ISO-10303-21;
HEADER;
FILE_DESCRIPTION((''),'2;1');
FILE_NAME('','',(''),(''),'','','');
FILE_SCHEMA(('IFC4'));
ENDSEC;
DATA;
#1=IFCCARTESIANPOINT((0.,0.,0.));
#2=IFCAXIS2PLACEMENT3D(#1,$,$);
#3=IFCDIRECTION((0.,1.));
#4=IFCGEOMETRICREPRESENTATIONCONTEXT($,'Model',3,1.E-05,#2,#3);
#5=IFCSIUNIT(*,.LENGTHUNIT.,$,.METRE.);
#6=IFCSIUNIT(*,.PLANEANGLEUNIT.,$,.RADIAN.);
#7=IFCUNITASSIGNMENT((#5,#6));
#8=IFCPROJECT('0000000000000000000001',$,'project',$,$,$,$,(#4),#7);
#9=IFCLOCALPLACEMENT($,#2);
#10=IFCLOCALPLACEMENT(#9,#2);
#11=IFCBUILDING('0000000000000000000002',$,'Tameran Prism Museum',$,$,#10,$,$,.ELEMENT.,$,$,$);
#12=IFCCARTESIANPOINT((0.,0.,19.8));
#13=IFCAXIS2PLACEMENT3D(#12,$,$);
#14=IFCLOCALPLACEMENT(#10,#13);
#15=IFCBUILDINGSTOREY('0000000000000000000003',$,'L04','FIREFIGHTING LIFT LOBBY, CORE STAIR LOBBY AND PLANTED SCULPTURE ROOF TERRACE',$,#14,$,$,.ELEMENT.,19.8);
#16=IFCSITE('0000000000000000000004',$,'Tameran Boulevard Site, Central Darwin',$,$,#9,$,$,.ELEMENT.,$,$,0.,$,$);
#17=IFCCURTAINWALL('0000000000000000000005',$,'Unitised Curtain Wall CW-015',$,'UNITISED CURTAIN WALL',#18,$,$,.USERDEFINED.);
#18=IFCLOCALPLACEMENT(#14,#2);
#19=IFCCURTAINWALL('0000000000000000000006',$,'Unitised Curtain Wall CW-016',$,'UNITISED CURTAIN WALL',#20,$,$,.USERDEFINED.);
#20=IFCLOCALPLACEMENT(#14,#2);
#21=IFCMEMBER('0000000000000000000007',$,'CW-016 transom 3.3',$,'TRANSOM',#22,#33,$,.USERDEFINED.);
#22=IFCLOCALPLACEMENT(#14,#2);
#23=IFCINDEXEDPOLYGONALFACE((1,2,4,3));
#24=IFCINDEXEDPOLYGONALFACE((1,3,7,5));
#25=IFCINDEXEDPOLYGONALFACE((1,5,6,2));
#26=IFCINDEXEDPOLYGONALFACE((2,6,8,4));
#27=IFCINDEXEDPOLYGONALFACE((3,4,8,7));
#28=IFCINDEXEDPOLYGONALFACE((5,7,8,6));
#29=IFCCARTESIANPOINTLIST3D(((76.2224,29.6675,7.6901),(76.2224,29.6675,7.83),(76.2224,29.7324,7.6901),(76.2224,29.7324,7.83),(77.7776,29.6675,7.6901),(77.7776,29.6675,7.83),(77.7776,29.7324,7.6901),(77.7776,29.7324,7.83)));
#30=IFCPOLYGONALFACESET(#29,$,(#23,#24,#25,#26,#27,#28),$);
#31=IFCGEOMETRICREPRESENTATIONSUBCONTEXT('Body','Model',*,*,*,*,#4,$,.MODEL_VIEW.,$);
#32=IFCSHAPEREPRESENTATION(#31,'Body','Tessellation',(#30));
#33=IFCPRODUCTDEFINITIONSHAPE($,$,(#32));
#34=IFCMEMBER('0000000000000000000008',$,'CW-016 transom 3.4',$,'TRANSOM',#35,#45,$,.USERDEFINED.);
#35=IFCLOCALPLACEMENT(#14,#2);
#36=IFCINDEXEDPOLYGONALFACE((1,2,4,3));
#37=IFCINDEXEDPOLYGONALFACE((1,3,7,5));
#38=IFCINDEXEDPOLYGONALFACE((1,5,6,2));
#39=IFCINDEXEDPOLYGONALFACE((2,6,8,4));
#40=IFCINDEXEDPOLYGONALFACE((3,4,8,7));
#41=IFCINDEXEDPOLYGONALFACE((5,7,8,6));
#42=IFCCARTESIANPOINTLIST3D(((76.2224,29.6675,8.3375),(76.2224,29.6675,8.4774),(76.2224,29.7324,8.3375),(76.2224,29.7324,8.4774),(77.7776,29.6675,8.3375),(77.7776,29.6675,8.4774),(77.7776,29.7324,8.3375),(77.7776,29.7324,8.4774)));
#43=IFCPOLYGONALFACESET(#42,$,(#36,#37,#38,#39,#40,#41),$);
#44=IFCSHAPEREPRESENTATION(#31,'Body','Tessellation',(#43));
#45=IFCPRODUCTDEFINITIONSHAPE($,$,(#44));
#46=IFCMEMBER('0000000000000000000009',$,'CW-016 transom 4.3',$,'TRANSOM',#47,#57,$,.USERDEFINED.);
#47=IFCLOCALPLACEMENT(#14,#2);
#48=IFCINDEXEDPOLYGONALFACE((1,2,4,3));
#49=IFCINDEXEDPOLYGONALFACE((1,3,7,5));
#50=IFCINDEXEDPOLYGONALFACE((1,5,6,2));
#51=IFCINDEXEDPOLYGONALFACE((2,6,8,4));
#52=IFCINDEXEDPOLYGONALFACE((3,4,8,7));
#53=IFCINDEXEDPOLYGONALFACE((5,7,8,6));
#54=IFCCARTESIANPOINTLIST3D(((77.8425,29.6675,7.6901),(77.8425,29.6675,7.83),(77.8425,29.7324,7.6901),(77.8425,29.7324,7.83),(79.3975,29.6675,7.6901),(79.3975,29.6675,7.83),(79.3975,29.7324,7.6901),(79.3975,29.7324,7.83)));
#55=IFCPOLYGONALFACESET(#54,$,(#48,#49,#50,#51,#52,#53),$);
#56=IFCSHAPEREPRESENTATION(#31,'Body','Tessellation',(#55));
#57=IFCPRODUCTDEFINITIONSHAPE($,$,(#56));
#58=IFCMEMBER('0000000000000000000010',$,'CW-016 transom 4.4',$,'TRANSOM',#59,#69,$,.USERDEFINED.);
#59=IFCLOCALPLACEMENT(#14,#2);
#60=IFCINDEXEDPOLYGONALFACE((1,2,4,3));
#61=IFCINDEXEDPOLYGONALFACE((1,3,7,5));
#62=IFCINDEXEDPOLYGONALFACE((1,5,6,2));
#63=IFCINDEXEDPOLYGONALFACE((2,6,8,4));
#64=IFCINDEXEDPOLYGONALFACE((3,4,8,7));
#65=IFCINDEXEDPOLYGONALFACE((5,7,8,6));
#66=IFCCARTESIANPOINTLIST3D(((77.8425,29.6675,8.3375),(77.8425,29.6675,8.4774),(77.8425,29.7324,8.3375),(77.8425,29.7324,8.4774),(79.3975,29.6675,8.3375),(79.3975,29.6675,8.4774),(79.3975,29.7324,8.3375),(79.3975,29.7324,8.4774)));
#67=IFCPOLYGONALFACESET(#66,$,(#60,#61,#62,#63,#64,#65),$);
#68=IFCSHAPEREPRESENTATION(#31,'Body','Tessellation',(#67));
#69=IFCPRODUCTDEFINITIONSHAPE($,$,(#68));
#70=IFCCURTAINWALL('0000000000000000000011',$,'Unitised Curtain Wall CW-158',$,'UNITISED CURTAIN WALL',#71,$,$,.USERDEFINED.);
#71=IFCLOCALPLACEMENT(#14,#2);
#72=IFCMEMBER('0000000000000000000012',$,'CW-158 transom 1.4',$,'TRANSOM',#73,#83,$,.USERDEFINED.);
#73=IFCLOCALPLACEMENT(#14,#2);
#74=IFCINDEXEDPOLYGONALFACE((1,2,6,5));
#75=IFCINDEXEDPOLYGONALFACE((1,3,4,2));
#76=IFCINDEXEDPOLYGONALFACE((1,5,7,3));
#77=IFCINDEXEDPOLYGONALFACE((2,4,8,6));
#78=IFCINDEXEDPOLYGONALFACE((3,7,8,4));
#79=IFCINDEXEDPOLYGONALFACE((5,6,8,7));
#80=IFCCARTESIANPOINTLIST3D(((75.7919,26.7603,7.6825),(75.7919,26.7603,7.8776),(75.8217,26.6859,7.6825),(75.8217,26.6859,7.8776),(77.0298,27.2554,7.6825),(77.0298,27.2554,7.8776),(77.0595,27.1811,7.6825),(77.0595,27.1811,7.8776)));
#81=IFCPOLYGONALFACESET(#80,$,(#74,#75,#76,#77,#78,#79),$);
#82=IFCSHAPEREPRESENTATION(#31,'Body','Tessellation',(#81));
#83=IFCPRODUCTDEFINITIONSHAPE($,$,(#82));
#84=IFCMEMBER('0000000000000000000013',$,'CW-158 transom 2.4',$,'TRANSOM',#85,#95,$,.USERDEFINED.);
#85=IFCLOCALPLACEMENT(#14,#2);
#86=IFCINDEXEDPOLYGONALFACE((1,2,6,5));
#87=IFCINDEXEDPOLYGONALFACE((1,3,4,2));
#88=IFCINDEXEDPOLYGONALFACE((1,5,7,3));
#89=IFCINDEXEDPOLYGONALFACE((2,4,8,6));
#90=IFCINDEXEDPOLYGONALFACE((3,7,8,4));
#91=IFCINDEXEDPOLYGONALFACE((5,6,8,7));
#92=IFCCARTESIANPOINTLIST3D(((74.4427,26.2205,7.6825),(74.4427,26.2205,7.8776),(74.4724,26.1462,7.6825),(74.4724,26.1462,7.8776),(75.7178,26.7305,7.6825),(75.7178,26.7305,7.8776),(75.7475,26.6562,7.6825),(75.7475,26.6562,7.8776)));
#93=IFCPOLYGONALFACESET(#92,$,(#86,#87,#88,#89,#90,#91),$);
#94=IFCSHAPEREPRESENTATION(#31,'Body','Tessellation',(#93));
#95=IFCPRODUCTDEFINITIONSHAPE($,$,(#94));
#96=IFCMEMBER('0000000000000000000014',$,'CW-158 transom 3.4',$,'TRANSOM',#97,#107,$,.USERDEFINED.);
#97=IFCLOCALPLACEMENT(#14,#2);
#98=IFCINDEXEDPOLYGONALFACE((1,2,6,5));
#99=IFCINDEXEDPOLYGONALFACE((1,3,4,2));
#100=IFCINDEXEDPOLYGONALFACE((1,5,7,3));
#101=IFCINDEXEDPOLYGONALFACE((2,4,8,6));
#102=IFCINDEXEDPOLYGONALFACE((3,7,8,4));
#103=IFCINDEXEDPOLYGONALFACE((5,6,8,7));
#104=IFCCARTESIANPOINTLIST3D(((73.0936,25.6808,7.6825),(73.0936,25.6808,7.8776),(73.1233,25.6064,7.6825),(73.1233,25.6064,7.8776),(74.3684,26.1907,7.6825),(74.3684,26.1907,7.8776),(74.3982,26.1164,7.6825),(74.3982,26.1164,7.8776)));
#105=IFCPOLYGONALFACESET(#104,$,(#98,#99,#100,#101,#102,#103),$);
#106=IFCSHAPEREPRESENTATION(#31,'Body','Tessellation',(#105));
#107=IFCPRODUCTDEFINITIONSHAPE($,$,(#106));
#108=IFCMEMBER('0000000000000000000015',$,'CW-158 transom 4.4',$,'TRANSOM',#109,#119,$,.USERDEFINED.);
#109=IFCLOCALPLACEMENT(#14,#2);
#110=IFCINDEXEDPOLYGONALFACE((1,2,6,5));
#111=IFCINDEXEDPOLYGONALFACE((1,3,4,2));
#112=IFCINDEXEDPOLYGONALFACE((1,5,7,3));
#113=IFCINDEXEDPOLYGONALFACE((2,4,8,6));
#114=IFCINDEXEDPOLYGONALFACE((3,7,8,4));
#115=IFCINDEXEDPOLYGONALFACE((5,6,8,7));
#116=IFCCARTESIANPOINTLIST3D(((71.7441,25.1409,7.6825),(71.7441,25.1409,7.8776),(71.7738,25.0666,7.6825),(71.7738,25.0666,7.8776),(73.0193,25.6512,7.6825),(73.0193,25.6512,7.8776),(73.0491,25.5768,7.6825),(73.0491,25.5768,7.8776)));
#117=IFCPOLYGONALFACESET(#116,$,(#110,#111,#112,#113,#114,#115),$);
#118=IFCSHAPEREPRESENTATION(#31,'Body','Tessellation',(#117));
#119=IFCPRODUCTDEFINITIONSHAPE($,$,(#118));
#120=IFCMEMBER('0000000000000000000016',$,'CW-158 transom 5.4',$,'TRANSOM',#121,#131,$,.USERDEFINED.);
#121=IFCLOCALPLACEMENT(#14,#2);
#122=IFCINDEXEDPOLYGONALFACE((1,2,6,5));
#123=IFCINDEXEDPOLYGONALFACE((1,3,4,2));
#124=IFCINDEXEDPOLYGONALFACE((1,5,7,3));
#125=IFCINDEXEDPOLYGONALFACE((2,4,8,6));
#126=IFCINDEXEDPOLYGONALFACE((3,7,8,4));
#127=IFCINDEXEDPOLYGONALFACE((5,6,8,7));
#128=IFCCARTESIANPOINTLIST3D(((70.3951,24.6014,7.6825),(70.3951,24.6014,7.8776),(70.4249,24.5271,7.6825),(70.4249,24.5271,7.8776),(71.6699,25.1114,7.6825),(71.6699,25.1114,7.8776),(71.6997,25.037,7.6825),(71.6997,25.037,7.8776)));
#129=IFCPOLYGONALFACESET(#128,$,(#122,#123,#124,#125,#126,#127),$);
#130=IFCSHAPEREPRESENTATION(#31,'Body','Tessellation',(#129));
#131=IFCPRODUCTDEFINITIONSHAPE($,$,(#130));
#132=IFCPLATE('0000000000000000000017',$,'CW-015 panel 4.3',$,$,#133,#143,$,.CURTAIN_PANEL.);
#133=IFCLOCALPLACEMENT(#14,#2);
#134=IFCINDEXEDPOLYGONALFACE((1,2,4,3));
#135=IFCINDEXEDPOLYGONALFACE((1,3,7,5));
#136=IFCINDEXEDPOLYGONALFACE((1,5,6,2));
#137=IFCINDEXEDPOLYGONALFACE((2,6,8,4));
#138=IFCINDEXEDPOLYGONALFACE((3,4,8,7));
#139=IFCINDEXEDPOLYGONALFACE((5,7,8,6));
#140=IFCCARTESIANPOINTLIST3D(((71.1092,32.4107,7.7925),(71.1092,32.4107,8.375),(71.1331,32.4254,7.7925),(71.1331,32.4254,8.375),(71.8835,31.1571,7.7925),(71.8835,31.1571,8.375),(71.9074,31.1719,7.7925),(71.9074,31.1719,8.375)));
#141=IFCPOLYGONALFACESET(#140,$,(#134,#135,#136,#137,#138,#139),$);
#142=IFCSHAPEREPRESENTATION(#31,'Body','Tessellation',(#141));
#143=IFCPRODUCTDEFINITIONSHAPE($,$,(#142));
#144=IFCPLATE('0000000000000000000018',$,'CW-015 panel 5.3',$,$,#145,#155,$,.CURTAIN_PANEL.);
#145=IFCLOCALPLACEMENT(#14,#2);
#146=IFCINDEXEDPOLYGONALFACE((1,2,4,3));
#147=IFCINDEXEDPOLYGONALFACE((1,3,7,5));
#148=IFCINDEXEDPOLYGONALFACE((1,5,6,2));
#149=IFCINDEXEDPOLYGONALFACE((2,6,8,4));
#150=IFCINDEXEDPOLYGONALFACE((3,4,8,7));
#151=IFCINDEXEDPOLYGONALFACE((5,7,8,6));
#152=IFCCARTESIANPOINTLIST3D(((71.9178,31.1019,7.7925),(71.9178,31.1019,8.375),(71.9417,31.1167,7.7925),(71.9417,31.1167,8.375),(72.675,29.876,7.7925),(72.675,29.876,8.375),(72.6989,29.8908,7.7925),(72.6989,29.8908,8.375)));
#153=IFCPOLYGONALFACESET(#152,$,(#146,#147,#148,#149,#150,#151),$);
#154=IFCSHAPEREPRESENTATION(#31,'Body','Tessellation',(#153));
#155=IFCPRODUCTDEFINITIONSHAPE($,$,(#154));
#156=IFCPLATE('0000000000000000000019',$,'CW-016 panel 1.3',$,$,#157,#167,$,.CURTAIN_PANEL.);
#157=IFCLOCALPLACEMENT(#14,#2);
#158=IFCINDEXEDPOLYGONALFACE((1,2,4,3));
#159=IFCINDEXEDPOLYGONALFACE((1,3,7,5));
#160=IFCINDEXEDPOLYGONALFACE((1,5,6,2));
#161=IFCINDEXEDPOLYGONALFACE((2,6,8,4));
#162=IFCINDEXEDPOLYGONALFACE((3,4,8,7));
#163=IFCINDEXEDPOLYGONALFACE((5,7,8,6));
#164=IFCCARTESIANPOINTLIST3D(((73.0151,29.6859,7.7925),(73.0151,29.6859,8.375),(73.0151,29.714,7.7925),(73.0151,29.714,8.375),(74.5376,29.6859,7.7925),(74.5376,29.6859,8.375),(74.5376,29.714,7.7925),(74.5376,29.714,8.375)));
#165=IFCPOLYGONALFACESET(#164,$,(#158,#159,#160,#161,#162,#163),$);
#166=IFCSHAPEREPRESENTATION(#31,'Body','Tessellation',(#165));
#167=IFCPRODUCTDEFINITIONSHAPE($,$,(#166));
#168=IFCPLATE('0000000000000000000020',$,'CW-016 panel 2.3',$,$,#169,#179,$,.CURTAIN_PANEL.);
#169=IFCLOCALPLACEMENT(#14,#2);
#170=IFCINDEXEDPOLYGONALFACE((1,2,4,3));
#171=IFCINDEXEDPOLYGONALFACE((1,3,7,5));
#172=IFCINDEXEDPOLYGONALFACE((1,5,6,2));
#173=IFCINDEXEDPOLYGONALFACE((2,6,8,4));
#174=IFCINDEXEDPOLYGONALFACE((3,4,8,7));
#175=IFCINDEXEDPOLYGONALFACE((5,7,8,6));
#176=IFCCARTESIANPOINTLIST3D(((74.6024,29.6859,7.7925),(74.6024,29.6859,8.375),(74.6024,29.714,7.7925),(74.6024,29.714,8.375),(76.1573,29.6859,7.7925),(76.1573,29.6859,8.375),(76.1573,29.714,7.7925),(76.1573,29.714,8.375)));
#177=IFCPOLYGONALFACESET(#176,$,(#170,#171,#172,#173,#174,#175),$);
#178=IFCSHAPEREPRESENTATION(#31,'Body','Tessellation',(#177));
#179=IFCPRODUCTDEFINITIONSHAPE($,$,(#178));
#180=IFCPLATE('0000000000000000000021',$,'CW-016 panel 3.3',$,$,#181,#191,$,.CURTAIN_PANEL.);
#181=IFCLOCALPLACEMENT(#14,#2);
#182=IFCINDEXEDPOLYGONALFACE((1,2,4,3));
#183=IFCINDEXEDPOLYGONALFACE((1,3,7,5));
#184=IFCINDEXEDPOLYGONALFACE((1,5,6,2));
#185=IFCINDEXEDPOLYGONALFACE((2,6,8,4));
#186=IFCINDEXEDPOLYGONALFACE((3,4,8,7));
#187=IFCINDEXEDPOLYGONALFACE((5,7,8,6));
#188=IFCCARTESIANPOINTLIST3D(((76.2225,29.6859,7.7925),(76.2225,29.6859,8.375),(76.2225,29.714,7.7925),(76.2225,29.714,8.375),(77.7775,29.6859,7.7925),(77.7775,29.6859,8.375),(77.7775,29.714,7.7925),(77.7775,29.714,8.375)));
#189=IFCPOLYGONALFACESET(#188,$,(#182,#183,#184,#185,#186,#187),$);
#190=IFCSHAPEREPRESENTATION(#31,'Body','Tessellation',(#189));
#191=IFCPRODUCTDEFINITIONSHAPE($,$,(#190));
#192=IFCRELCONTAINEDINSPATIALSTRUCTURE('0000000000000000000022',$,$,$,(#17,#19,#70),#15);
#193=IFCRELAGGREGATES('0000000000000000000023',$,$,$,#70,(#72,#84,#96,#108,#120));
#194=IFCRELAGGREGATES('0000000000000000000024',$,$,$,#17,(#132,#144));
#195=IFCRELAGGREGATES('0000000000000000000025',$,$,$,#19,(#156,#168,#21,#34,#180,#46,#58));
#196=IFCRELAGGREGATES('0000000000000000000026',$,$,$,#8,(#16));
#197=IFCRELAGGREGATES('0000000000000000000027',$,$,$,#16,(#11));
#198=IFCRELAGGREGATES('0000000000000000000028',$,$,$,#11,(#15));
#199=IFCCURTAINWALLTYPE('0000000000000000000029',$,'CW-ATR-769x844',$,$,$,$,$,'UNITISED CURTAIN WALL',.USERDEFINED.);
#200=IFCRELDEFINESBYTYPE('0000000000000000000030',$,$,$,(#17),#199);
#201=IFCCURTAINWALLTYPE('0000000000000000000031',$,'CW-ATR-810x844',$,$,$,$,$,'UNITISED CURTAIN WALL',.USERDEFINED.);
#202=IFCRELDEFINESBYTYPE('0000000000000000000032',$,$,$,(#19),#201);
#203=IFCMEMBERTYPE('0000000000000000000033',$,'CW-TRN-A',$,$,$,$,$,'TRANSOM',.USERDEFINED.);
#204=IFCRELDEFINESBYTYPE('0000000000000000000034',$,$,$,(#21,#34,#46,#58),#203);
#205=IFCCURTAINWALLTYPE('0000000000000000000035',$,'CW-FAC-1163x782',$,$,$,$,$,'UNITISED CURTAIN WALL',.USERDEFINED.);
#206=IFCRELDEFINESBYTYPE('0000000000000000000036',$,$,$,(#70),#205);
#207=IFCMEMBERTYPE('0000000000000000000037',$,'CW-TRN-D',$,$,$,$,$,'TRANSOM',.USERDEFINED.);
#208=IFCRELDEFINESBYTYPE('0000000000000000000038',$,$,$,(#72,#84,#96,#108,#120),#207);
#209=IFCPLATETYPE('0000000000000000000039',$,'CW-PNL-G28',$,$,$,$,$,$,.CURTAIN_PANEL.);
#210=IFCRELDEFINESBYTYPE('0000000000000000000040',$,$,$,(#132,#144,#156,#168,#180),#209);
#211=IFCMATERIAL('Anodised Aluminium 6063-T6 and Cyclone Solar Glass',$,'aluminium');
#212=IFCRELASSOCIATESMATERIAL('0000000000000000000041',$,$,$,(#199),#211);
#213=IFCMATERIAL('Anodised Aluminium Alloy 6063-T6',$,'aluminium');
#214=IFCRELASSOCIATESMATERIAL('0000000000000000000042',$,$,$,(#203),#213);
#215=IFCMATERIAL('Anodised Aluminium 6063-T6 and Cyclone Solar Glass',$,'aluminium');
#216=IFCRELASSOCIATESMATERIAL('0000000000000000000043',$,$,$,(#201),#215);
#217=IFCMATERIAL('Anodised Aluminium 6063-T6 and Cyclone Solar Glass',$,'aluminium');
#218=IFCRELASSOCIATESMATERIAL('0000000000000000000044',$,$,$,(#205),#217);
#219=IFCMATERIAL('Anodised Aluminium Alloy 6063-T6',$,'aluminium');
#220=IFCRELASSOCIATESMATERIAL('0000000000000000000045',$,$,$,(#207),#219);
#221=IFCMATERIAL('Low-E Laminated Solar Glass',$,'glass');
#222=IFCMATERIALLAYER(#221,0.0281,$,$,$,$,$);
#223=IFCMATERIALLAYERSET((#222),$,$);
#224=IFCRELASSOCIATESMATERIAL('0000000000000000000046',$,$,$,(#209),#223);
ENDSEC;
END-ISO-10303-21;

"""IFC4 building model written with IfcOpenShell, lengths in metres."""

from ifc_helpers import new_model, si_unit, direction, frame, origin, origin_2d, place, context, subcontext, project, spatial, rectangle, extrude, material, layer, layer_set, material_profile, profile_set, type_object, element, aggregate, save


model = new_model("IFC4")

# Units and contexts
model_context = context("Model", 3, precision=1e-05, world=origin(), true_north=direction((0.0, 1.0)))
body_context = subcontext(model_context, "Body", "Model", "MODEL_VIEW")
ifc_project = project(units=[si_unit("LENGTHUNIT", "METRE"), si_unit("PLANEANGLEUNIT", "RADIAN")], contexts=[model_context])

# Site, building, storey
site_placement = place(None, origin())
site = spatial("IfcSite", under=ifc_project, at=site_placement, Name="Tameran Boulevard Site, Central Darwin", CompositionType="ELEMENT", RefElevation=0.0)
building_placement = place(site_placement, origin())
building = spatial("IfcBuilding", under=site, at=building_placement, Name="Tameran Prism Museum", CompositionType="ELEMENT")
storey_placement = place(building_placement, frame((0.0, 0.0, 19.8)))
storey = spatial("IfcBuildingStorey", under=building, at=storey_placement, Name="L04", Description="FIREFIGHTING LIFT LOBBY, CORE STAIR LOBBY AND PLANTED SCULPTURE ROOF TERRACE", CompositionType="ELEMENT", Elevation=19.8)

# Curtain walls, members
ifc_material_1 = material(Name="Anodised Aluminium 6063-T6 and Cyclone Solar Glass", Category="aluminium")
curtain_wall_type_1 = type_object("IfcCurtainWallType", Name="CW-ATR-769x844", ElementType="UNITISED CURTAIN WALL", PredefinedType="USERDEFINED", material=ifc_material_1)
curtain_wall_1_placement = place(storey_placement, origin())
curtain_wall_1 = element("IfcCurtainWall", 1, at=curtain_wall_1_placement, inside=storey, type_object=curtain_wall_type_1, Name="Unitised Curtain Wall CW-015", ObjectType="UNITISED CURTAIN WALL", PredefinedType="USERDEFINED")
ifc_material_2 = material(Name="Anodised Aluminium Alloy 6063-T6", Category="aluminium")
ifc_material_profile_1 = material_profile(ifc_material_2, rectangle(XDim=0.0649, YDim=0.1399, at=origin_2d()))
ifc_profile_set_1 = profile_set([ifc_material_profile_1])
member_type_1 = type_object("IfcMemberType", Name="CW-TRN-A", ElementType="TRANSOM", PredefinedType="USERDEFINED", material=ifc_profile_set_1)
ifc_material_3 = material(Name="Anodised Aluminium 6063-T6 and Cyclone Solar Glass", Category="aluminium")
curtain_wall_type_2 = type_object("IfcCurtainWallType", Name="CW-ATR-810x844", ElementType="UNITISED CURTAIN WALL", PredefinedType="USERDEFINED", material=ifc_material_3)
curtain_wall_2_placement = place(storey_placement, origin())
curtain_wall_2 = element("IfcCurtainWall", 2, at=curtain_wall_2_placement, inside=storey, type_object=curtain_wall_type_2, Name="Unitised Curtain Wall CW-016", ObjectType="UNITISED CURTAIN WALL", PredefinedType="USERDEFINED")
member_1_placement = place(storey_placement, frame((76.2224, 29.7, 7.76), z_axis=(1.0, 0.0, 0.0), x_axis=(0.0, 1.0, 0.0)))
member_1 = element("IfcMember", 3, at=member_1_placement, type_object=member_type_1, Name="CW-016 transom 3.3", ObjectType="TRANSOM", PredefinedType="USERDEFINED", context=body_context, shape_type="SweptSolid", body=[
    extrude(rectangle(XDim=0.0649, YDim=0.1399, at=origin_2d()), origin(), (0.0, 0.0, 1.0), 1.5552),
])
member_2_placement = place(storey_placement, frame((76.2224, 29.7, 8.4075), z_axis=(1.0, 0.0, 0.0), x_axis=(0.0, 1.0, 0.0)))
member_2 = element("IfcMember", 4, at=member_2_placement, type_object=member_type_1, Name="CW-016 transom 3.4", ObjectType="TRANSOM", PredefinedType="USERDEFINED", context=body_context, shape_type="SweptSolid", body=[
    extrude(rectangle(XDim=0.0649, YDim=0.1399, at=origin_2d()), origin(), (0.0, 0.0, 1.0), 1.5552),
])
member_3_placement = place(storey_placement, frame((77.8425, 29.7, 7.76), z_axis=(1.0, 0.0, 0.0), x_axis=(0.0, 1.0, 0.0)))
member_3 = element("IfcMember", 5, at=member_3_placement, type_object=member_type_1, Name="CW-016 transom 4.3", ObjectType="TRANSOM", PredefinedType="USERDEFINED", context=body_context, shape_type="SweptSolid", body=[
    extrude(rectangle(XDim=0.0649, YDim=0.1399, at=origin_2d()), origin(), (0.0, 0.0, 1.0), 1.5549),
])
member_4_placement = place(storey_placement, frame((77.8425, 29.7, 8.4075), z_axis=(1.0, 0.0, 0.0), x_axis=(0.0, 1.0, 0.0)))
member_4 = element("IfcMember", 6, at=member_4_placement, type_object=member_type_1, Name="CW-016 transom 4.4", ObjectType="TRANSOM", PredefinedType="USERDEFINED", context=body_context, shape_type="SweptSolid", body=[
    extrude(rectangle(XDim=0.0649, YDim=0.1399, at=origin_2d()), origin(), (0.0, 0.0, 1.0), 1.5549),
])
ifc_material_4 = material(Name="Anodised Aluminium 6063-T6 and Cyclone Solar Glass", Category="aluminium")
curtain_wall_type_3 = type_object("IfcCurtainWallType", Name="CW-FAC-1163x782", ElementType="UNITISED CURTAIN WALL", PredefinedType="USERDEFINED", material=ifc_material_4)
curtain_wall_3_placement = place(storey_placement, origin())
curtain_wall_3 = element("IfcCurtainWall", 7, at=curtain_wall_3_placement, inside=storey, type_object=curtain_wall_type_3, Name="Unitised Curtain Wall CW-158", ObjectType="UNITISED CURTAIN WALL", PredefinedType="USERDEFINED")
ifc_material_5 = material(Name="Anodised Aluminium Alloy 6063-T6", Category="aluminium")
ifc_material_profile_2 = material_profile(ifc_material_5, rectangle(XDim=0.0801, YDim=0.1951, at=origin_2d()))
ifc_profile_set_2 = profile_set([ifc_material_profile_2])
member_type_2 = type_object("IfcMemberType", Name="CW-TRN-D", ElementType="TRANSOM", PredefinedType="USERDEFINED", material=ifc_profile_set_2)
member_5_placement = place(storey_placement, frame((77.0447, 27.2183, 7.78), z_axis=(-0.928477, -0.371391, 0.0), x_axis=(0.371391, -0.928477, 0.0)))
member_5 = element("IfcMember", 8, at=member_5_placement, type_object=member_type_2, Name="CW-158 transom 1.4", ObjectType="TRANSOM", PredefinedType="USERDEFINED", context=body_context, shape_type="SweptSolid", body=[
    extrude(rectangle(XDim=0.0801, YDim=0.1951, at=origin_2d()), origin(), (0.0, 0.0, 1.0), 1.3333),
])
member_6_placement = place(storey_placement, frame((75.7327, 26.6934, 7.78), z_axis=(-0.928489, -0.37136, 0.0), x_axis=(0.37136, -0.928489, 0.0)))
member_6 = element("IfcMember", 9, at=member_6_placement, type_object=member_type_2, Name="CW-158 transom 2.4", ObjectType="TRANSOM", PredefinedType="USERDEFINED", context=body_context, shape_type="SweptSolid", body=[
    extrude(rectangle(XDim=0.0801, YDim=0.1951, at=origin_2d()), origin(), (0.0, 0.0, 1.0), 1.3733),
])
member_7_placement = place(storey_placement, frame((74.3833, 26.1536, 7.78), z_axis=(-0.928464, -0.371421, 0.0), x_axis=(0.371421, -0.928464, 0.0)))
member_7 = element("IfcMember", 10, at=member_7_placement, type_object=member_type_2, Name="CW-158 transom 3.4", ObjectType="TRANSOM", PredefinedType="USERDEFINED", context=body_context, shape_type="SweptSolid", body=[
    extrude(rectangle(XDim=0.0801, YDim=0.1951, at=origin_2d()), origin(), (0.0, 0.0, 1.0), 1.373),
])
member_8_placement = place(storey_placement, frame((73.0342, 25.614, 7.78), z_axis=(-0.928428, -0.371513, 0.0), x_axis=(0.371513, -0.928428, 0.0)))
member_8 = element("IfcMember", 11, at=member_8_placement, type_object=member_type_2, Name="CW-158 transom 4.4", ObjectType="TRANSOM", PredefinedType="USERDEFINED", context=body_context, shape_type="SweptSolid", body=[
    extrude(rectangle(XDim=0.0801, YDim=0.1951, at=origin_2d()), origin(), (0.0, 0.0, 1.0), 1.3735),
])
member_9_placement = place(storey_placement, frame((71.6848, 25.0742, 7.78), z_axis=(-0.928464, -0.371421, 0.0), x_axis=(0.371421, -0.928464, 0.0)))
member_9 = element("IfcMember", 12, at=member_9_placement, type_object=member_type_2, Name="CW-158 transom 5.4", ObjectType="TRANSOM", PredefinedType="USERDEFINED", context=body_context, shape_type="SweptSolid", body=[
    extrude(rectangle(XDim=0.0801, YDim=0.1951, at=origin_2d()), origin(), (0.0, 0.0, 1.0), 1.373),
])
aggregate(curtain_wall_3, [member_5, member_6, member_7, member_8, member_9])

# Plates
ifc_material_6 = material(Name="Low-E Laminated Solar Glass", Category="glass")
ifc_layer_1 = layer(ifc_material_6, 0.0281)
ifc_layer_set_1 = layer_set([ifc_layer_1])
plate_type = type_object("IfcPlateType", Name="CW-PNL-G28", PredefinedType="CURTAIN_PANEL", material=ifc_layer_set_1)
plate_1_placement = place(storey_placement, frame((71.5083, 31.7913, 7.7925), z_axis=(0.0, 0.0, 1.0), x_axis=(0.525504, -0.850791, 0.0)))
plate_1 = element("IfcPlate", 13, at=plate_1_placement, type_object=plate_type, Name="CW-015 panel 4.3", PredefinedType="CURTAIN_PANEL", context=body_context, shape_type="SweptSolid", body=[
    extrude(rectangle(XDim=1.4734, YDim=0.0281, at=origin_2d()), origin(), (0.0, 0.0, 1.0), 0.5825),
])
plate_2_placement = place(storey_placement, frame((72.3083, 30.4963, 7.7925), z_axis=(0.0, 0.0, 1.0), x_axis=(0.525504, -0.850791, 0.0)))
plate_2 = element("IfcPlate", 14, at=plate_2_placement, type_object=plate_type, Name="CW-015 panel 5.3", PredefinedType="CURTAIN_PANEL", context=body_context, shape_type="SweptSolid", body=[
    extrude(rectangle(XDim=1.4409, YDim=0.0281, at=origin_2d()), origin(), (0.0, 0.0, 1.0), 0.5825),
])
aggregate(curtain_wall_1, [plate_1, plate_2])
plate_3_placement = place(storey_placement, frame((73.7764, 29.7, 7.7925), z_axis=(0.0, 0.0, 1.0), x_axis=(1.0, 0.0, 0.0)))
plate_3 = element("IfcPlate", 15, at=plate_3_placement, type_object=plate_type, Name="CW-016 panel 1.3", PredefinedType="CURTAIN_PANEL", context=body_context, shape_type="SweptSolid", body=[
    extrude(rectangle(XDim=1.5225, YDim=0.0281, at=origin_2d()), origin(), (0.0, 0.0, 1.0), 0.5825),
])
plate_4_placement = place(storey_placement, frame((75.3799, 29.7, 7.7925), z_axis=(0.0, 0.0, 1.0), x_axis=(1.0, 0.0, 0.0)))
plate_4 = element("IfcPlate", 16, at=plate_4_placement, type_object=plate_type, Name="CW-016 panel 2.3", PredefinedType="CURTAIN_PANEL", context=body_context, shape_type="SweptSolid", body=[
    extrude(rectangle(XDim=1.5549, YDim=0.0281, at=origin_2d()), origin(), (0.0, 0.0, 1.0), 0.5825),
])
plate_5_placement = place(storey_placement, frame((77.0, 29.7, 7.7925), z_axis=(0.0, 0.0, 1.0), x_axis=(1.0, 0.0, 0.0)))
plate_5 = element("IfcPlate", 17, at=plate_5_placement, type_object=plate_type, Name="CW-016 panel 3.3", PredefinedType="CURTAIN_PANEL", context=body_context, shape_type="SweptSolid", body=[
    extrude(rectangle(XDim=1.5549, YDim=0.0281, at=origin_2d()), origin(), (0.0, 0.0, 1.0), 0.5825),
])
aggregate(curtain_wall_2, [plate_3, plate_4, member_1, member_2, plate_5, member_3, member_4])

save(model, "model.ifc")
